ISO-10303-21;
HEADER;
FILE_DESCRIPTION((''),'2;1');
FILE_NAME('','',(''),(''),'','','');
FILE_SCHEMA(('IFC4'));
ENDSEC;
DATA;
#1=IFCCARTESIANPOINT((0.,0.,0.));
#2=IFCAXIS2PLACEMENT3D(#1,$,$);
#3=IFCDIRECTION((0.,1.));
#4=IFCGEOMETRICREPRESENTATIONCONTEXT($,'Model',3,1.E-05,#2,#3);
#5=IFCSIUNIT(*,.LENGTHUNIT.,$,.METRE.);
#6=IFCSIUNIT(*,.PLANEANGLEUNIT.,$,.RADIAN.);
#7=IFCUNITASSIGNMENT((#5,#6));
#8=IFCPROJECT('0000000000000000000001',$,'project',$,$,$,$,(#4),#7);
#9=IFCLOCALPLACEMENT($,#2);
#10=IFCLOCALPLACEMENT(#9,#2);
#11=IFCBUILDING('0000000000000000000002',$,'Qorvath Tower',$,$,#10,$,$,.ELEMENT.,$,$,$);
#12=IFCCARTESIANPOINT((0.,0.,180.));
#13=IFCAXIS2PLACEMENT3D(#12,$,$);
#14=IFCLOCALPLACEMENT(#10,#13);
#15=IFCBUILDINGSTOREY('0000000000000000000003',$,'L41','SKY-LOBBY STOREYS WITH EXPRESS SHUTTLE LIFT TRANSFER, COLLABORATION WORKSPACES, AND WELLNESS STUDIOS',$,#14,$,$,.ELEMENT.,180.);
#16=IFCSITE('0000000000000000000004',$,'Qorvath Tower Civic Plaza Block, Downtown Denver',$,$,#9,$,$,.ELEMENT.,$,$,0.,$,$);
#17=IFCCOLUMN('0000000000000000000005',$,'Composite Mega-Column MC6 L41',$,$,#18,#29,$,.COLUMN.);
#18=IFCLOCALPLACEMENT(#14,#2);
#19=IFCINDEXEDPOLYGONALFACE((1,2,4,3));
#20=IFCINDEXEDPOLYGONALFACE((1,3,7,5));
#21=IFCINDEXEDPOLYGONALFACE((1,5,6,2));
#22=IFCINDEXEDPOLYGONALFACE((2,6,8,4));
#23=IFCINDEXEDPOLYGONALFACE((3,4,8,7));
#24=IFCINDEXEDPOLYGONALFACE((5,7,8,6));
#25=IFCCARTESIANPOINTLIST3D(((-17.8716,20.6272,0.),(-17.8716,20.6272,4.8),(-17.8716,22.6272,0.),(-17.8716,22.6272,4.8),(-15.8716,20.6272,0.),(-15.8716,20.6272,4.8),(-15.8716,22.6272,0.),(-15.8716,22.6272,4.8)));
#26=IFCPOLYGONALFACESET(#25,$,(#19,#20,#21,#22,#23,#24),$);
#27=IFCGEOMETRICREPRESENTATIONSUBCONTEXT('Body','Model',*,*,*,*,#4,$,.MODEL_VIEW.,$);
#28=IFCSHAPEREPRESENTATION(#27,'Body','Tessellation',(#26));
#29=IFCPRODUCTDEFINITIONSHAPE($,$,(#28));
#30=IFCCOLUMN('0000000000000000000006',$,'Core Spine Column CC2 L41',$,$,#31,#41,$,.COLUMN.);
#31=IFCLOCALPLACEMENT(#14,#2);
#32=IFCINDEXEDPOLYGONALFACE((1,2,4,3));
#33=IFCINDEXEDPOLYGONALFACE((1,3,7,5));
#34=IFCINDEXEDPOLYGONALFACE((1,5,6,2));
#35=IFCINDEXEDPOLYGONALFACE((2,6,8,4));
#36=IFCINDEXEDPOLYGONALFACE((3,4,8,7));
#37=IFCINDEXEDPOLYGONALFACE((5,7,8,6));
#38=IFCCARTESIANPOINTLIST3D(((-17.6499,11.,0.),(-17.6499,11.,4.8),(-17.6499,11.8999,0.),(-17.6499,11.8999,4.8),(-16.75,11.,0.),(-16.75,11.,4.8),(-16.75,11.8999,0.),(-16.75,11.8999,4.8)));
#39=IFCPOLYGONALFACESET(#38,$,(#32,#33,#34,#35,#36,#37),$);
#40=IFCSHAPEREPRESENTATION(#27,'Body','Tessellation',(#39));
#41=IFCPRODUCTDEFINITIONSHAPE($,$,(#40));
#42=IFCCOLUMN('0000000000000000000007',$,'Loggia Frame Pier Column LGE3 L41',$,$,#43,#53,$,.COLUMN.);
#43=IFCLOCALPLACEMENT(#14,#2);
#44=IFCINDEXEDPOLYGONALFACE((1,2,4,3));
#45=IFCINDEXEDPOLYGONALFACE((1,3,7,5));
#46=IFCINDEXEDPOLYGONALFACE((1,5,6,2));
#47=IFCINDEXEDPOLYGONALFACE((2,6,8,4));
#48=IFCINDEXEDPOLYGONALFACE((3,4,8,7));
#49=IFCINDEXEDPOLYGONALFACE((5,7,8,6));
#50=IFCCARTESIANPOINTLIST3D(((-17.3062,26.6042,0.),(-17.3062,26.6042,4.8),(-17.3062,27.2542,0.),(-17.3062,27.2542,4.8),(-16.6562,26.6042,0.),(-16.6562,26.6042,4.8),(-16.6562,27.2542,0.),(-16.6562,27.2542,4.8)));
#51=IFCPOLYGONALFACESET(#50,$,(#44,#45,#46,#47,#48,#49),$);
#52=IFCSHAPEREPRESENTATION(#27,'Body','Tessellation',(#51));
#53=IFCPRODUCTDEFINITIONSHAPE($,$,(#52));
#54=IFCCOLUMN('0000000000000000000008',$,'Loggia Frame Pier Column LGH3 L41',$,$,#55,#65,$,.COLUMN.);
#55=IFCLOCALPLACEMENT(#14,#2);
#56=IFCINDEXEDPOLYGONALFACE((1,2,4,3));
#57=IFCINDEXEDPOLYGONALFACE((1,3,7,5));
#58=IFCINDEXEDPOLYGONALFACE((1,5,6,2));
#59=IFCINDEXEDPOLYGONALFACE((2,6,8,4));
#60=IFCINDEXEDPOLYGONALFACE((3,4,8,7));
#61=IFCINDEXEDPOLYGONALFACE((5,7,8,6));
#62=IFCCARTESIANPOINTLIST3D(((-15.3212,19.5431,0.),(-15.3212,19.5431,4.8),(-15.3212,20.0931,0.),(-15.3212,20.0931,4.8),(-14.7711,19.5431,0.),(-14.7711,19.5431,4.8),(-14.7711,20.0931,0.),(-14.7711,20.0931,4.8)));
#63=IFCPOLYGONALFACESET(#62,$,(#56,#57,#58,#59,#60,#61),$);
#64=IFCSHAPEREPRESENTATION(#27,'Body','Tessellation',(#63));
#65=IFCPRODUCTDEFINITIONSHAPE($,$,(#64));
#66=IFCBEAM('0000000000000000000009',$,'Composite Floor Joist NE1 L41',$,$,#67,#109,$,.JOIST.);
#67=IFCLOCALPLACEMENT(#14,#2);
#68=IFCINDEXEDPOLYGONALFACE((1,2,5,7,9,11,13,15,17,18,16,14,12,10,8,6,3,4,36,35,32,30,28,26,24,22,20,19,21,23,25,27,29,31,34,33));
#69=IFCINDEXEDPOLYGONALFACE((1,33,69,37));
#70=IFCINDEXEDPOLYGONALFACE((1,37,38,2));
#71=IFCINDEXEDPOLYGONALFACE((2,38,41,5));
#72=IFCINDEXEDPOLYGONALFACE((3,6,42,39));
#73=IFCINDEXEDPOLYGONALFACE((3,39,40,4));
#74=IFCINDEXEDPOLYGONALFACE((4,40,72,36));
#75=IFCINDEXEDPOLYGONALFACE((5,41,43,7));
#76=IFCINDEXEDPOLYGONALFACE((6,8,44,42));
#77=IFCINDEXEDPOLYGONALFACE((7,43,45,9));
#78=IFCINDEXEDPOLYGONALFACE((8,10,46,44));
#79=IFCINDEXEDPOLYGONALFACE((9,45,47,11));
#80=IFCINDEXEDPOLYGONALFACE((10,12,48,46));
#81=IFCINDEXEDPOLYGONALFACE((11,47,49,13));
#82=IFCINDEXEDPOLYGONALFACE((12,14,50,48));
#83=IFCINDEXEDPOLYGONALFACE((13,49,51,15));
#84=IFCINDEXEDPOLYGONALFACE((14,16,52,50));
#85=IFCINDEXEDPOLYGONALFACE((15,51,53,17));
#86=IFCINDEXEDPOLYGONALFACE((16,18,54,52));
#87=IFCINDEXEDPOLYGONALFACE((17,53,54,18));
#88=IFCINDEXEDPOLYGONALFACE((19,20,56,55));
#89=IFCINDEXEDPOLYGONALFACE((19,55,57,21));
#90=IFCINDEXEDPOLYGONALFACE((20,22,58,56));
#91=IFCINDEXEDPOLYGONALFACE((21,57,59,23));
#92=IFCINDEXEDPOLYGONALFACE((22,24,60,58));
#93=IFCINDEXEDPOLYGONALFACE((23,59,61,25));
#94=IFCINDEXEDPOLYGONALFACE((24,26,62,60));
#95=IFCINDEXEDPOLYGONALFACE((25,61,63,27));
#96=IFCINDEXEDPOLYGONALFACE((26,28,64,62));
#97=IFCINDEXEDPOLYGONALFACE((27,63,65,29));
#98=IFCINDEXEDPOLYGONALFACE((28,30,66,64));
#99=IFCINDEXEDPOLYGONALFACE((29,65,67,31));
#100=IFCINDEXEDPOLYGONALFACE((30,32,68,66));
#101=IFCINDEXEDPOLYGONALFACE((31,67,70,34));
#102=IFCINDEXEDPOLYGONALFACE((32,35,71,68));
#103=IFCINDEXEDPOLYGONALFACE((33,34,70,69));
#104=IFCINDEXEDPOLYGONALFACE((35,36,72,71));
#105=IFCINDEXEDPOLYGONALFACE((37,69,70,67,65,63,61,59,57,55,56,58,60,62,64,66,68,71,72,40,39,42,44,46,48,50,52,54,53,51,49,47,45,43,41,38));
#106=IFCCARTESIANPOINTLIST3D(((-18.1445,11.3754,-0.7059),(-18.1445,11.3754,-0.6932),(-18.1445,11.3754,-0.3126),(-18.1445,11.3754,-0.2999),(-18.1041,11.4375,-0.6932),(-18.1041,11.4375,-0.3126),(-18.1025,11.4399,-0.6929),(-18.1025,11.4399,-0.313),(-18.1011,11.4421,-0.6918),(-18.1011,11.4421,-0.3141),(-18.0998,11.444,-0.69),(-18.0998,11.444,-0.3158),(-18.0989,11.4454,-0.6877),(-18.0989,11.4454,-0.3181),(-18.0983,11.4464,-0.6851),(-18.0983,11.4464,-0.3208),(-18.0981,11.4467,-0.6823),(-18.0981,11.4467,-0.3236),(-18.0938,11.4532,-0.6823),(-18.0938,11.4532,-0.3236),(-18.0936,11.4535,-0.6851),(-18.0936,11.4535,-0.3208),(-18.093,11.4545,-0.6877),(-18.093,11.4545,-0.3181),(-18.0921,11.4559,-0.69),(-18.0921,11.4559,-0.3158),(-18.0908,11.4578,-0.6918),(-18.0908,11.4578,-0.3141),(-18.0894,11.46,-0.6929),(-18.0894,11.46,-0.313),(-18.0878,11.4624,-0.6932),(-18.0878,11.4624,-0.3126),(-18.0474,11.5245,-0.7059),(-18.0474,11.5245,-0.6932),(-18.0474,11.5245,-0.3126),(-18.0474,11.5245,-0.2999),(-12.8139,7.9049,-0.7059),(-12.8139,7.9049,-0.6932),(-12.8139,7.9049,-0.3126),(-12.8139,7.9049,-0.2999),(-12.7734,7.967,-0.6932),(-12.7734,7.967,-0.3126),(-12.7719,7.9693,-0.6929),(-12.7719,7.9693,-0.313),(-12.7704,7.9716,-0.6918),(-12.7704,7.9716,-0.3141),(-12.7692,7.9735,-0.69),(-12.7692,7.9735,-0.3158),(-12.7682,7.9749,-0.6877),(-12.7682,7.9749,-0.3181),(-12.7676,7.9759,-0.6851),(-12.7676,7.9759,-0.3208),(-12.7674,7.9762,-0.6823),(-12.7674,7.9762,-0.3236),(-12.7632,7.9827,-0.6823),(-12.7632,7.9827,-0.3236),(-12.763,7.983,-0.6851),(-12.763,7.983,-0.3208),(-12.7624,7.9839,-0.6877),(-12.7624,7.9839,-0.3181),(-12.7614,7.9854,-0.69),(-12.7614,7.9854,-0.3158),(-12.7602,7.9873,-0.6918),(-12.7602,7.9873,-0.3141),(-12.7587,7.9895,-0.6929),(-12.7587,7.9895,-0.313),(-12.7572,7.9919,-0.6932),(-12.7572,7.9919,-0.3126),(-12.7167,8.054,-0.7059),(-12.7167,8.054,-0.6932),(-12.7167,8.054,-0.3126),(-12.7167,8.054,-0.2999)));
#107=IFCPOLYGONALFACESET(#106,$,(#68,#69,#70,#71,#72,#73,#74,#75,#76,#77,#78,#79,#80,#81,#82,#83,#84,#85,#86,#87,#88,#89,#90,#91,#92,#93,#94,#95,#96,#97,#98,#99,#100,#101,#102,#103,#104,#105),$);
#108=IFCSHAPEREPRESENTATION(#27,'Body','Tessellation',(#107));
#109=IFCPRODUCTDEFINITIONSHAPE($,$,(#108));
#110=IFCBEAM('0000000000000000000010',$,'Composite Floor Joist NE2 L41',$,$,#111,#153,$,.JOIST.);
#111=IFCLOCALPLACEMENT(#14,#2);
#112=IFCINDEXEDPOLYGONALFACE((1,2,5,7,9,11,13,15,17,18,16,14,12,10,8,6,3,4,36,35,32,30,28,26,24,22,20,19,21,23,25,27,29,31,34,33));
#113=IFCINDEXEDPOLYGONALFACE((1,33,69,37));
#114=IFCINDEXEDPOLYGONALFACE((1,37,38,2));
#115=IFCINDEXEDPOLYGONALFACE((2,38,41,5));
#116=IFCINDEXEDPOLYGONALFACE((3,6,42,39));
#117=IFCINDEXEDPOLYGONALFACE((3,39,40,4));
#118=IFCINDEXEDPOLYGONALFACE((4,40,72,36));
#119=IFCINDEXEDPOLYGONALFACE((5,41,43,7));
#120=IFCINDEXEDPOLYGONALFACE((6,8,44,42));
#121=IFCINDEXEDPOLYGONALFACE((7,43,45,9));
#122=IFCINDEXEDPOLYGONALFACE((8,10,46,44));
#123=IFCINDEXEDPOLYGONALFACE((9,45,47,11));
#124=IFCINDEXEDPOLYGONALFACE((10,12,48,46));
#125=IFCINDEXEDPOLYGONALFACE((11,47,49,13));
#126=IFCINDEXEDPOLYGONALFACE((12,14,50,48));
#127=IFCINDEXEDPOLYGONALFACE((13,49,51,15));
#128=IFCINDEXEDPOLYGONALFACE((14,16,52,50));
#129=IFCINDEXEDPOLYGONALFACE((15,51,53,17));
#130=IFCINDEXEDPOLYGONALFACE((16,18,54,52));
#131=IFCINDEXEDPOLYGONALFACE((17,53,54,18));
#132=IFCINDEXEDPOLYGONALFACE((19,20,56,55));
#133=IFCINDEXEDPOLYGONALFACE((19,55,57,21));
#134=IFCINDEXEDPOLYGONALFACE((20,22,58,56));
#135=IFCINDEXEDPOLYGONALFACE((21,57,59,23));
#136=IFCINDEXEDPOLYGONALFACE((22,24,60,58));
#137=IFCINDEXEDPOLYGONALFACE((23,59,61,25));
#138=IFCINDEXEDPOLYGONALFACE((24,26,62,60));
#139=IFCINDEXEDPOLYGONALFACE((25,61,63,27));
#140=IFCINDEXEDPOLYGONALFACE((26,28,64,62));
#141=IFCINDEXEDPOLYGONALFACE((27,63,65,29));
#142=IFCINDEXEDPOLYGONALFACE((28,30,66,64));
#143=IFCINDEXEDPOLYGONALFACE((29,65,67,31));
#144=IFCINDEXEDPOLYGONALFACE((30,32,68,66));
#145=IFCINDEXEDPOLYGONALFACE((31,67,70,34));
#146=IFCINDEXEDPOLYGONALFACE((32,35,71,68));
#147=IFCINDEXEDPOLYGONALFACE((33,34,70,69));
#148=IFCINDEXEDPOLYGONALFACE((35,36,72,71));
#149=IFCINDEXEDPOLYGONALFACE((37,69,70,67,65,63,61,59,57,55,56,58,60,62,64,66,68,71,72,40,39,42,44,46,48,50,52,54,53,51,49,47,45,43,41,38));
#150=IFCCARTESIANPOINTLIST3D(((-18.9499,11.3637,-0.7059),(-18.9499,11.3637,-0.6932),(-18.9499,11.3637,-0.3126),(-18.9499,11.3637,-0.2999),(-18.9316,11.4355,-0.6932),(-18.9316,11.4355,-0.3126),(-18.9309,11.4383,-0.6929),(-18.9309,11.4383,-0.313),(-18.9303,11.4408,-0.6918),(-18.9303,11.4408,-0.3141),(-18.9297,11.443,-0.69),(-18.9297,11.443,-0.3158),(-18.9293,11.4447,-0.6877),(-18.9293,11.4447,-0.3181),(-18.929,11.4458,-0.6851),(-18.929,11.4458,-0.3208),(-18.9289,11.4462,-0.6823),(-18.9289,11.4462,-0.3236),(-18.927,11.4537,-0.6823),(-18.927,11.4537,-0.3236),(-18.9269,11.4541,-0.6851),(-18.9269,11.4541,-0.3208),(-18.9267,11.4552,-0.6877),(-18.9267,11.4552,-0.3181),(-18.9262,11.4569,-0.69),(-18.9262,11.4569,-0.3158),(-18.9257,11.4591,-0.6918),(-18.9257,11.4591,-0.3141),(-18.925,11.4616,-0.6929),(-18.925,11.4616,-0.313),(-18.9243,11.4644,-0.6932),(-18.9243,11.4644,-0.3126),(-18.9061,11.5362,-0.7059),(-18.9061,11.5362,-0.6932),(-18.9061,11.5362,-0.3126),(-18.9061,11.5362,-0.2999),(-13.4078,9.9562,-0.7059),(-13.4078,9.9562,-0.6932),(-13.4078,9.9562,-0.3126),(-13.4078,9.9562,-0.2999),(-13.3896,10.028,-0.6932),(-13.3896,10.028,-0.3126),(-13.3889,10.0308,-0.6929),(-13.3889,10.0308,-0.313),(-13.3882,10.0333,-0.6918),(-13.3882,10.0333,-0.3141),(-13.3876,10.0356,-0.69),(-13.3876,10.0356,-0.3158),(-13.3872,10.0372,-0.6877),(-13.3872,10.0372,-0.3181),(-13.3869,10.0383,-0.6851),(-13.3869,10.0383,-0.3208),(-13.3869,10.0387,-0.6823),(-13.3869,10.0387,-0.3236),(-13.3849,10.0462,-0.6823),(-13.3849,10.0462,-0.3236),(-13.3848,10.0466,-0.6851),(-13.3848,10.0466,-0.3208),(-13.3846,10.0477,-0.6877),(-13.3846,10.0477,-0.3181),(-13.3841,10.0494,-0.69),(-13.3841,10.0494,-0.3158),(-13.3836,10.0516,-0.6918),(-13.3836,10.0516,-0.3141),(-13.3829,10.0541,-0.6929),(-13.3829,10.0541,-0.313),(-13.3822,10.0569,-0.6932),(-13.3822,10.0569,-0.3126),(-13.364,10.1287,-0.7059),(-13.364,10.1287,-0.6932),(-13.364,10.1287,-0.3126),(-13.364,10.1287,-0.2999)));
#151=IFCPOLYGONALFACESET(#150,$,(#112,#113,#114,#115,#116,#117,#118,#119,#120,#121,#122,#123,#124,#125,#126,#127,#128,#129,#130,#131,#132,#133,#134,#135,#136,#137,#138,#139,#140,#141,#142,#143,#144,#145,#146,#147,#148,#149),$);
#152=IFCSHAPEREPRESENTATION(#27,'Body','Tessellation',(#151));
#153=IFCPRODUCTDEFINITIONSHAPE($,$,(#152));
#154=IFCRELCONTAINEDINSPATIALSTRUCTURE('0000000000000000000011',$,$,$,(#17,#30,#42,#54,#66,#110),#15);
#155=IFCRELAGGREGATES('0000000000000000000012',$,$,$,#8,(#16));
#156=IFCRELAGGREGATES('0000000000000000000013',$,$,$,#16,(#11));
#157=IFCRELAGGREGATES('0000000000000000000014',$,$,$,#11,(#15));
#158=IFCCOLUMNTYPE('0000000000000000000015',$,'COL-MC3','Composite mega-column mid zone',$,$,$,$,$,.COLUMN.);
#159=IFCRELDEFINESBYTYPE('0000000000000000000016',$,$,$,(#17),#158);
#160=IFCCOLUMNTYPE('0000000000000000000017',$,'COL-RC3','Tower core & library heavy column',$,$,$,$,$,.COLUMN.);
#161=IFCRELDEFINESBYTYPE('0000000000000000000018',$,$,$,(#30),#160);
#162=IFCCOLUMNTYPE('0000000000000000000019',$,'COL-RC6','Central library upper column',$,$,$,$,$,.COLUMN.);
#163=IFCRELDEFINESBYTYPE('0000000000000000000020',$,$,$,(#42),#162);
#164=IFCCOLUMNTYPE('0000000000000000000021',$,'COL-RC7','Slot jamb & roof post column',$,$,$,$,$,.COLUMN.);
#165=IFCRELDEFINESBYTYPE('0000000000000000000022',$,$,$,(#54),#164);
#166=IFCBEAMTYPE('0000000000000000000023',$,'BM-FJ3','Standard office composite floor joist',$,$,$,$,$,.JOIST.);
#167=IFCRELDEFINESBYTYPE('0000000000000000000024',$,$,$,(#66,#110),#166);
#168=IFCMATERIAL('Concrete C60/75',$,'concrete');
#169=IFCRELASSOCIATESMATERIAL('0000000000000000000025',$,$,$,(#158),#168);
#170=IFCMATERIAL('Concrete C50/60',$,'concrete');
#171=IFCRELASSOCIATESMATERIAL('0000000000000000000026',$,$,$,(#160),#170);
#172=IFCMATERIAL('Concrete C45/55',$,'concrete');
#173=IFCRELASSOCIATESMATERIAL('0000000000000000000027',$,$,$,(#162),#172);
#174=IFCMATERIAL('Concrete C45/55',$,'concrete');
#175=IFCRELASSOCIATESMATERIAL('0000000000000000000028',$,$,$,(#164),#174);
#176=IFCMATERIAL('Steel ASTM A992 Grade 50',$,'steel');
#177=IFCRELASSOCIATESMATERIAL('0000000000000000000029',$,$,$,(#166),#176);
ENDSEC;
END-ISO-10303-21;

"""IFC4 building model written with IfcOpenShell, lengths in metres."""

from ifc_helpers import new_model, si_unit, direction, frame, origin, origin_2d, place, context, subcontext, project, spatial, rectangle, i_section, extrude, material, material_profile, profile_set, type_object, element, save


model = new_model("IFC4")

# Units and contexts
model_context = context("Model", 3, precision=1e-05, world=origin(), true_north=direction((0.0, 1.0)))
body_context = subcontext(model_context, "Body", "Model", "MODEL_VIEW")
ifc_project = project(units=[si_unit("LENGTHUNIT", "METRE"), si_unit("PLANEANGLEUNIT", "RADIAN")], contexts=[model_context])

# Site, building, storey
site_placement = place(None, origin())
site = spatial("IfcSite", under=ifc_project, at=site_placement, Name="Qorvath Tower Civic Plaza Block, Downtown Denver", CompositionType="ELEMENT", RefElevation=0.0)
building_placement = place(site_placement, origin())
building = spatial("IfcBuilding", under=site, at=building_placement, Name="Qorvath Tower", CompositionType="ELEMENT")
storey_placement = place(building_placement, frame((0.0, 0.0, 180.0)))
storey = spatial("IfcBuildingStorey", under=building, at=storey_placement, Name="L41", Description="SKY-LOBBY STOREYS WITH EXPRESS SHUTTLE LIFT TRANSFER, COLLABORATION WORKSPACES, AND WELLNESS STUDIOS", CompositionType="ELEMENT", Elevation=180.0)

# Columns
ifc_material_1 = material(Name="Concrete C60/75", Category="concrete")
ifc_material_profile_1 = material_profile(ifc_material_1, rectangle(XDim=2.0, YDim=2.0, at=origin_2d()), Name="MC 2000x2000")
ifc_profile_set_1 = profile_set([ifc_material_profile_1], Name="Concrete C60/75")
column_type_1 = type_object("IfcColumnType", Name="COL-MC3", Description="Composite mega-column mid zone", PredefinedType="COLUMN", material=ifc_profile_set_1)
column_1_placement = place(storey_placement, frame((-16.8716, 21.6272, 0.0), z_axis=(0.0, 0.0, 1.0), x_axis=(1.0, 0.0, 0.0)))
element("IfcColumn", 1, at=column_1_placement, inside=storey, type_object=column_type_1, Name="Composite Mega-Column MC6 L41", PredefinedType="COLUMN", context=body_context, shape_type="SweptSolid", body=[
    extrude(rectangle(XDim=2.0, YDim=2.0, at=origin_2d()), origin(), (0.0, 0.0, 1.0), 4.8),
])
ifc_material_2 = material(Name="Concrete C50/60", Category="concrete")
ifc_material_profile_2 = material_profile(ifc_material_2, rectangle(XDim=0.8999, YDim=0.8999, at=origin_2d()), Name="RC 900x900")
ifc_profile_set_2 = profile_set([ifc_material_profile_2], Name="Concrete C50/60")
column_type_2 = type_object("IfcColumnType", Name="COL-RC3", Description="Tower core & library heavy column", PredefinedType="COLUMN", material=ifc_profile_set_2)
column_2_placement = place(storey_placement, frame((-17.2, 11.45, 0.0), z_axis=(0.0, 0.0, 1.0), x_axis=(1.0, 0.0, 0.0)))
element("IfcColumn", 2, at=column_2_placement, inside=storey, type_object=column_type_2, Name="Core Spine Column CC2 L41", PredefinedType="COLUMN", context=body_context, shape_type="SweptSolid", body=[
    extrude(rectangle(XDim=0.8999, YDim=0.8999, at=origin_2d()), origin(), (0.0, 0.0, 1.0), 4.8),
])
ifc_material_3 = material(Name="Concrete C45/55", Category="concrete")
ifc_material_profile_3 = material_profile(ifc_material_3, rectangle(XDim=0.6499, YDim=0.6499, at=origin_2d()), Name="RC 650x650")
ifc_profile_set_3 = profile_set([ifc_material_profile_3], Name="Concrete C45/55")
column_type_3 = type_object("IfcColumnType", Name="COL-RC6", Description="Central library upper column", PredefinedType="COLUMN", material=ifc_profile_set_3)
column_3_placement = place(storey_placement, frame((-16.9812, 26.9292, 0.0), z_axis=(0.0, 0.0, 1.0), x_axis=(1.0, 0.0, 0.0)))
element("IfcColumn", 3, at=column_3_placement, inside=storey, type_object=column_type_3, Name="Loggia Frame Pier Column LGE3 L41", PredefinedType="COLUMN", context=body_context, shape_type="SweptSolid", body=[
    extrude(rectangle(XDim=0.6499, YDim=0.6499, at=origin_2d()), origin(), (0.0, 0.0, 1.0), 4.8),
])
ifc_material_4 = material(Name="Concrete C45/55", Category="concrete")
ifc_material_profile_4 = material_profile(ifc_material_4, rectangle(XDim=0.55, YDim=0.55, at=origin_2d()), Name="RC 550x550")
ifc_profile_set_4 = profile_set([ifc_material_profile_4], Name="Concrete C45/55")
column_type_4 = type_object("IfcColumnType", Name="COL-RC7", Description="Slot jamb & roof post column", PredefinedType="COLUMN", material=ifc_profile_set_4)
column_4_placement = place(storey_placement, frame((-15.0461, 19.8181, 0.0), z_axis=(0.0, 0.0, 1.0), x_axis=(1.0, 0.0, 0.0)))
element("IfcColumn", 4, at=column_4_placement, inside=storey, type_object=column_type_4, Name="Loggia Frame Pier Column LGH3 L41", PredefinedType="COLUMN", context=body_context, shape_type="SweptSolid", body=[
    extrude(rectangle(XDim=0.55, YDim=0.55, at=origin_2d()), origin(), (0.0, 0.0, 1.0), 4.8),
])

# Beams
ifc_material_5 = material(Name="Steel ASTM A992 Grade 50", Category="steel")
ifc_material_profile_5 = material_profile(ifc_material_5, i_section(OverallWidth=0.178, OverallDepth=0.406, WebThickness=0.0078, FlangeThickness=0.0127, FilletRadius=0.011, at=origin_2d()), Name="W16x40")
ifc_profile_set_5 = profile_set([ifc_material_profile_5], Name="Steel ASTM A992 Grade 50")
beam_type_1 = type_object("IfcBeamType", Name="BM-FJ3", Description="Standard office composite floor joist", PredefinedType="JOIST", material=ifc_profile_set_5)
beam_1_placement = place(storey_placement, frame((-18.0959, 11.45, -0.5029), z_axis=(0.838042, -0.545606, 0.0), x_axis=(0.545606, 0.838042, 0.0)))
element("IfcBeam", 5, at=beam_1_placement, inside=storey, type_object=beam_type_1, Name="Composite Floor Joist NE1 L41", PredefinedType="JOIST", context=body_context, shape_type="SweptSolid", body=[
    extrude(i_section(OverallWidth=0.178, OverallDepth=0.406, WebThickness=0.0078, FlangeThickness=0.0127, FilletRadius=0.011, at=origin_2d()), origin(), (0.0, 0.0, 1.0), 6.3608),
])
beam_2_placement = place(storey_placement, frame((-18.928, 11.45, -0.5029), z_axis=(0.969232, -0.246151, 0.0), x_axis=(0.246151, 0.969232, 0.0)))
element("IfcBeam", 6, at=beam_2_placement, inside=storey, type_object=beam_type_1, Name="Composite Floor Joist NE2 L41", PredefinedType="JOIST", context=body_context, shape_type="SweptSolid", body=[
    extrude(i_section(OverallWidth=0.178, OverallDepth=0.406, WebThickness=0.0078, FlangeThickness=0.0127, FilletRadius=0.011, at=origin_2d()), origin(), (0.0, 0.0, 1.0), 5.718),
])

save(model, "model.ifc")
